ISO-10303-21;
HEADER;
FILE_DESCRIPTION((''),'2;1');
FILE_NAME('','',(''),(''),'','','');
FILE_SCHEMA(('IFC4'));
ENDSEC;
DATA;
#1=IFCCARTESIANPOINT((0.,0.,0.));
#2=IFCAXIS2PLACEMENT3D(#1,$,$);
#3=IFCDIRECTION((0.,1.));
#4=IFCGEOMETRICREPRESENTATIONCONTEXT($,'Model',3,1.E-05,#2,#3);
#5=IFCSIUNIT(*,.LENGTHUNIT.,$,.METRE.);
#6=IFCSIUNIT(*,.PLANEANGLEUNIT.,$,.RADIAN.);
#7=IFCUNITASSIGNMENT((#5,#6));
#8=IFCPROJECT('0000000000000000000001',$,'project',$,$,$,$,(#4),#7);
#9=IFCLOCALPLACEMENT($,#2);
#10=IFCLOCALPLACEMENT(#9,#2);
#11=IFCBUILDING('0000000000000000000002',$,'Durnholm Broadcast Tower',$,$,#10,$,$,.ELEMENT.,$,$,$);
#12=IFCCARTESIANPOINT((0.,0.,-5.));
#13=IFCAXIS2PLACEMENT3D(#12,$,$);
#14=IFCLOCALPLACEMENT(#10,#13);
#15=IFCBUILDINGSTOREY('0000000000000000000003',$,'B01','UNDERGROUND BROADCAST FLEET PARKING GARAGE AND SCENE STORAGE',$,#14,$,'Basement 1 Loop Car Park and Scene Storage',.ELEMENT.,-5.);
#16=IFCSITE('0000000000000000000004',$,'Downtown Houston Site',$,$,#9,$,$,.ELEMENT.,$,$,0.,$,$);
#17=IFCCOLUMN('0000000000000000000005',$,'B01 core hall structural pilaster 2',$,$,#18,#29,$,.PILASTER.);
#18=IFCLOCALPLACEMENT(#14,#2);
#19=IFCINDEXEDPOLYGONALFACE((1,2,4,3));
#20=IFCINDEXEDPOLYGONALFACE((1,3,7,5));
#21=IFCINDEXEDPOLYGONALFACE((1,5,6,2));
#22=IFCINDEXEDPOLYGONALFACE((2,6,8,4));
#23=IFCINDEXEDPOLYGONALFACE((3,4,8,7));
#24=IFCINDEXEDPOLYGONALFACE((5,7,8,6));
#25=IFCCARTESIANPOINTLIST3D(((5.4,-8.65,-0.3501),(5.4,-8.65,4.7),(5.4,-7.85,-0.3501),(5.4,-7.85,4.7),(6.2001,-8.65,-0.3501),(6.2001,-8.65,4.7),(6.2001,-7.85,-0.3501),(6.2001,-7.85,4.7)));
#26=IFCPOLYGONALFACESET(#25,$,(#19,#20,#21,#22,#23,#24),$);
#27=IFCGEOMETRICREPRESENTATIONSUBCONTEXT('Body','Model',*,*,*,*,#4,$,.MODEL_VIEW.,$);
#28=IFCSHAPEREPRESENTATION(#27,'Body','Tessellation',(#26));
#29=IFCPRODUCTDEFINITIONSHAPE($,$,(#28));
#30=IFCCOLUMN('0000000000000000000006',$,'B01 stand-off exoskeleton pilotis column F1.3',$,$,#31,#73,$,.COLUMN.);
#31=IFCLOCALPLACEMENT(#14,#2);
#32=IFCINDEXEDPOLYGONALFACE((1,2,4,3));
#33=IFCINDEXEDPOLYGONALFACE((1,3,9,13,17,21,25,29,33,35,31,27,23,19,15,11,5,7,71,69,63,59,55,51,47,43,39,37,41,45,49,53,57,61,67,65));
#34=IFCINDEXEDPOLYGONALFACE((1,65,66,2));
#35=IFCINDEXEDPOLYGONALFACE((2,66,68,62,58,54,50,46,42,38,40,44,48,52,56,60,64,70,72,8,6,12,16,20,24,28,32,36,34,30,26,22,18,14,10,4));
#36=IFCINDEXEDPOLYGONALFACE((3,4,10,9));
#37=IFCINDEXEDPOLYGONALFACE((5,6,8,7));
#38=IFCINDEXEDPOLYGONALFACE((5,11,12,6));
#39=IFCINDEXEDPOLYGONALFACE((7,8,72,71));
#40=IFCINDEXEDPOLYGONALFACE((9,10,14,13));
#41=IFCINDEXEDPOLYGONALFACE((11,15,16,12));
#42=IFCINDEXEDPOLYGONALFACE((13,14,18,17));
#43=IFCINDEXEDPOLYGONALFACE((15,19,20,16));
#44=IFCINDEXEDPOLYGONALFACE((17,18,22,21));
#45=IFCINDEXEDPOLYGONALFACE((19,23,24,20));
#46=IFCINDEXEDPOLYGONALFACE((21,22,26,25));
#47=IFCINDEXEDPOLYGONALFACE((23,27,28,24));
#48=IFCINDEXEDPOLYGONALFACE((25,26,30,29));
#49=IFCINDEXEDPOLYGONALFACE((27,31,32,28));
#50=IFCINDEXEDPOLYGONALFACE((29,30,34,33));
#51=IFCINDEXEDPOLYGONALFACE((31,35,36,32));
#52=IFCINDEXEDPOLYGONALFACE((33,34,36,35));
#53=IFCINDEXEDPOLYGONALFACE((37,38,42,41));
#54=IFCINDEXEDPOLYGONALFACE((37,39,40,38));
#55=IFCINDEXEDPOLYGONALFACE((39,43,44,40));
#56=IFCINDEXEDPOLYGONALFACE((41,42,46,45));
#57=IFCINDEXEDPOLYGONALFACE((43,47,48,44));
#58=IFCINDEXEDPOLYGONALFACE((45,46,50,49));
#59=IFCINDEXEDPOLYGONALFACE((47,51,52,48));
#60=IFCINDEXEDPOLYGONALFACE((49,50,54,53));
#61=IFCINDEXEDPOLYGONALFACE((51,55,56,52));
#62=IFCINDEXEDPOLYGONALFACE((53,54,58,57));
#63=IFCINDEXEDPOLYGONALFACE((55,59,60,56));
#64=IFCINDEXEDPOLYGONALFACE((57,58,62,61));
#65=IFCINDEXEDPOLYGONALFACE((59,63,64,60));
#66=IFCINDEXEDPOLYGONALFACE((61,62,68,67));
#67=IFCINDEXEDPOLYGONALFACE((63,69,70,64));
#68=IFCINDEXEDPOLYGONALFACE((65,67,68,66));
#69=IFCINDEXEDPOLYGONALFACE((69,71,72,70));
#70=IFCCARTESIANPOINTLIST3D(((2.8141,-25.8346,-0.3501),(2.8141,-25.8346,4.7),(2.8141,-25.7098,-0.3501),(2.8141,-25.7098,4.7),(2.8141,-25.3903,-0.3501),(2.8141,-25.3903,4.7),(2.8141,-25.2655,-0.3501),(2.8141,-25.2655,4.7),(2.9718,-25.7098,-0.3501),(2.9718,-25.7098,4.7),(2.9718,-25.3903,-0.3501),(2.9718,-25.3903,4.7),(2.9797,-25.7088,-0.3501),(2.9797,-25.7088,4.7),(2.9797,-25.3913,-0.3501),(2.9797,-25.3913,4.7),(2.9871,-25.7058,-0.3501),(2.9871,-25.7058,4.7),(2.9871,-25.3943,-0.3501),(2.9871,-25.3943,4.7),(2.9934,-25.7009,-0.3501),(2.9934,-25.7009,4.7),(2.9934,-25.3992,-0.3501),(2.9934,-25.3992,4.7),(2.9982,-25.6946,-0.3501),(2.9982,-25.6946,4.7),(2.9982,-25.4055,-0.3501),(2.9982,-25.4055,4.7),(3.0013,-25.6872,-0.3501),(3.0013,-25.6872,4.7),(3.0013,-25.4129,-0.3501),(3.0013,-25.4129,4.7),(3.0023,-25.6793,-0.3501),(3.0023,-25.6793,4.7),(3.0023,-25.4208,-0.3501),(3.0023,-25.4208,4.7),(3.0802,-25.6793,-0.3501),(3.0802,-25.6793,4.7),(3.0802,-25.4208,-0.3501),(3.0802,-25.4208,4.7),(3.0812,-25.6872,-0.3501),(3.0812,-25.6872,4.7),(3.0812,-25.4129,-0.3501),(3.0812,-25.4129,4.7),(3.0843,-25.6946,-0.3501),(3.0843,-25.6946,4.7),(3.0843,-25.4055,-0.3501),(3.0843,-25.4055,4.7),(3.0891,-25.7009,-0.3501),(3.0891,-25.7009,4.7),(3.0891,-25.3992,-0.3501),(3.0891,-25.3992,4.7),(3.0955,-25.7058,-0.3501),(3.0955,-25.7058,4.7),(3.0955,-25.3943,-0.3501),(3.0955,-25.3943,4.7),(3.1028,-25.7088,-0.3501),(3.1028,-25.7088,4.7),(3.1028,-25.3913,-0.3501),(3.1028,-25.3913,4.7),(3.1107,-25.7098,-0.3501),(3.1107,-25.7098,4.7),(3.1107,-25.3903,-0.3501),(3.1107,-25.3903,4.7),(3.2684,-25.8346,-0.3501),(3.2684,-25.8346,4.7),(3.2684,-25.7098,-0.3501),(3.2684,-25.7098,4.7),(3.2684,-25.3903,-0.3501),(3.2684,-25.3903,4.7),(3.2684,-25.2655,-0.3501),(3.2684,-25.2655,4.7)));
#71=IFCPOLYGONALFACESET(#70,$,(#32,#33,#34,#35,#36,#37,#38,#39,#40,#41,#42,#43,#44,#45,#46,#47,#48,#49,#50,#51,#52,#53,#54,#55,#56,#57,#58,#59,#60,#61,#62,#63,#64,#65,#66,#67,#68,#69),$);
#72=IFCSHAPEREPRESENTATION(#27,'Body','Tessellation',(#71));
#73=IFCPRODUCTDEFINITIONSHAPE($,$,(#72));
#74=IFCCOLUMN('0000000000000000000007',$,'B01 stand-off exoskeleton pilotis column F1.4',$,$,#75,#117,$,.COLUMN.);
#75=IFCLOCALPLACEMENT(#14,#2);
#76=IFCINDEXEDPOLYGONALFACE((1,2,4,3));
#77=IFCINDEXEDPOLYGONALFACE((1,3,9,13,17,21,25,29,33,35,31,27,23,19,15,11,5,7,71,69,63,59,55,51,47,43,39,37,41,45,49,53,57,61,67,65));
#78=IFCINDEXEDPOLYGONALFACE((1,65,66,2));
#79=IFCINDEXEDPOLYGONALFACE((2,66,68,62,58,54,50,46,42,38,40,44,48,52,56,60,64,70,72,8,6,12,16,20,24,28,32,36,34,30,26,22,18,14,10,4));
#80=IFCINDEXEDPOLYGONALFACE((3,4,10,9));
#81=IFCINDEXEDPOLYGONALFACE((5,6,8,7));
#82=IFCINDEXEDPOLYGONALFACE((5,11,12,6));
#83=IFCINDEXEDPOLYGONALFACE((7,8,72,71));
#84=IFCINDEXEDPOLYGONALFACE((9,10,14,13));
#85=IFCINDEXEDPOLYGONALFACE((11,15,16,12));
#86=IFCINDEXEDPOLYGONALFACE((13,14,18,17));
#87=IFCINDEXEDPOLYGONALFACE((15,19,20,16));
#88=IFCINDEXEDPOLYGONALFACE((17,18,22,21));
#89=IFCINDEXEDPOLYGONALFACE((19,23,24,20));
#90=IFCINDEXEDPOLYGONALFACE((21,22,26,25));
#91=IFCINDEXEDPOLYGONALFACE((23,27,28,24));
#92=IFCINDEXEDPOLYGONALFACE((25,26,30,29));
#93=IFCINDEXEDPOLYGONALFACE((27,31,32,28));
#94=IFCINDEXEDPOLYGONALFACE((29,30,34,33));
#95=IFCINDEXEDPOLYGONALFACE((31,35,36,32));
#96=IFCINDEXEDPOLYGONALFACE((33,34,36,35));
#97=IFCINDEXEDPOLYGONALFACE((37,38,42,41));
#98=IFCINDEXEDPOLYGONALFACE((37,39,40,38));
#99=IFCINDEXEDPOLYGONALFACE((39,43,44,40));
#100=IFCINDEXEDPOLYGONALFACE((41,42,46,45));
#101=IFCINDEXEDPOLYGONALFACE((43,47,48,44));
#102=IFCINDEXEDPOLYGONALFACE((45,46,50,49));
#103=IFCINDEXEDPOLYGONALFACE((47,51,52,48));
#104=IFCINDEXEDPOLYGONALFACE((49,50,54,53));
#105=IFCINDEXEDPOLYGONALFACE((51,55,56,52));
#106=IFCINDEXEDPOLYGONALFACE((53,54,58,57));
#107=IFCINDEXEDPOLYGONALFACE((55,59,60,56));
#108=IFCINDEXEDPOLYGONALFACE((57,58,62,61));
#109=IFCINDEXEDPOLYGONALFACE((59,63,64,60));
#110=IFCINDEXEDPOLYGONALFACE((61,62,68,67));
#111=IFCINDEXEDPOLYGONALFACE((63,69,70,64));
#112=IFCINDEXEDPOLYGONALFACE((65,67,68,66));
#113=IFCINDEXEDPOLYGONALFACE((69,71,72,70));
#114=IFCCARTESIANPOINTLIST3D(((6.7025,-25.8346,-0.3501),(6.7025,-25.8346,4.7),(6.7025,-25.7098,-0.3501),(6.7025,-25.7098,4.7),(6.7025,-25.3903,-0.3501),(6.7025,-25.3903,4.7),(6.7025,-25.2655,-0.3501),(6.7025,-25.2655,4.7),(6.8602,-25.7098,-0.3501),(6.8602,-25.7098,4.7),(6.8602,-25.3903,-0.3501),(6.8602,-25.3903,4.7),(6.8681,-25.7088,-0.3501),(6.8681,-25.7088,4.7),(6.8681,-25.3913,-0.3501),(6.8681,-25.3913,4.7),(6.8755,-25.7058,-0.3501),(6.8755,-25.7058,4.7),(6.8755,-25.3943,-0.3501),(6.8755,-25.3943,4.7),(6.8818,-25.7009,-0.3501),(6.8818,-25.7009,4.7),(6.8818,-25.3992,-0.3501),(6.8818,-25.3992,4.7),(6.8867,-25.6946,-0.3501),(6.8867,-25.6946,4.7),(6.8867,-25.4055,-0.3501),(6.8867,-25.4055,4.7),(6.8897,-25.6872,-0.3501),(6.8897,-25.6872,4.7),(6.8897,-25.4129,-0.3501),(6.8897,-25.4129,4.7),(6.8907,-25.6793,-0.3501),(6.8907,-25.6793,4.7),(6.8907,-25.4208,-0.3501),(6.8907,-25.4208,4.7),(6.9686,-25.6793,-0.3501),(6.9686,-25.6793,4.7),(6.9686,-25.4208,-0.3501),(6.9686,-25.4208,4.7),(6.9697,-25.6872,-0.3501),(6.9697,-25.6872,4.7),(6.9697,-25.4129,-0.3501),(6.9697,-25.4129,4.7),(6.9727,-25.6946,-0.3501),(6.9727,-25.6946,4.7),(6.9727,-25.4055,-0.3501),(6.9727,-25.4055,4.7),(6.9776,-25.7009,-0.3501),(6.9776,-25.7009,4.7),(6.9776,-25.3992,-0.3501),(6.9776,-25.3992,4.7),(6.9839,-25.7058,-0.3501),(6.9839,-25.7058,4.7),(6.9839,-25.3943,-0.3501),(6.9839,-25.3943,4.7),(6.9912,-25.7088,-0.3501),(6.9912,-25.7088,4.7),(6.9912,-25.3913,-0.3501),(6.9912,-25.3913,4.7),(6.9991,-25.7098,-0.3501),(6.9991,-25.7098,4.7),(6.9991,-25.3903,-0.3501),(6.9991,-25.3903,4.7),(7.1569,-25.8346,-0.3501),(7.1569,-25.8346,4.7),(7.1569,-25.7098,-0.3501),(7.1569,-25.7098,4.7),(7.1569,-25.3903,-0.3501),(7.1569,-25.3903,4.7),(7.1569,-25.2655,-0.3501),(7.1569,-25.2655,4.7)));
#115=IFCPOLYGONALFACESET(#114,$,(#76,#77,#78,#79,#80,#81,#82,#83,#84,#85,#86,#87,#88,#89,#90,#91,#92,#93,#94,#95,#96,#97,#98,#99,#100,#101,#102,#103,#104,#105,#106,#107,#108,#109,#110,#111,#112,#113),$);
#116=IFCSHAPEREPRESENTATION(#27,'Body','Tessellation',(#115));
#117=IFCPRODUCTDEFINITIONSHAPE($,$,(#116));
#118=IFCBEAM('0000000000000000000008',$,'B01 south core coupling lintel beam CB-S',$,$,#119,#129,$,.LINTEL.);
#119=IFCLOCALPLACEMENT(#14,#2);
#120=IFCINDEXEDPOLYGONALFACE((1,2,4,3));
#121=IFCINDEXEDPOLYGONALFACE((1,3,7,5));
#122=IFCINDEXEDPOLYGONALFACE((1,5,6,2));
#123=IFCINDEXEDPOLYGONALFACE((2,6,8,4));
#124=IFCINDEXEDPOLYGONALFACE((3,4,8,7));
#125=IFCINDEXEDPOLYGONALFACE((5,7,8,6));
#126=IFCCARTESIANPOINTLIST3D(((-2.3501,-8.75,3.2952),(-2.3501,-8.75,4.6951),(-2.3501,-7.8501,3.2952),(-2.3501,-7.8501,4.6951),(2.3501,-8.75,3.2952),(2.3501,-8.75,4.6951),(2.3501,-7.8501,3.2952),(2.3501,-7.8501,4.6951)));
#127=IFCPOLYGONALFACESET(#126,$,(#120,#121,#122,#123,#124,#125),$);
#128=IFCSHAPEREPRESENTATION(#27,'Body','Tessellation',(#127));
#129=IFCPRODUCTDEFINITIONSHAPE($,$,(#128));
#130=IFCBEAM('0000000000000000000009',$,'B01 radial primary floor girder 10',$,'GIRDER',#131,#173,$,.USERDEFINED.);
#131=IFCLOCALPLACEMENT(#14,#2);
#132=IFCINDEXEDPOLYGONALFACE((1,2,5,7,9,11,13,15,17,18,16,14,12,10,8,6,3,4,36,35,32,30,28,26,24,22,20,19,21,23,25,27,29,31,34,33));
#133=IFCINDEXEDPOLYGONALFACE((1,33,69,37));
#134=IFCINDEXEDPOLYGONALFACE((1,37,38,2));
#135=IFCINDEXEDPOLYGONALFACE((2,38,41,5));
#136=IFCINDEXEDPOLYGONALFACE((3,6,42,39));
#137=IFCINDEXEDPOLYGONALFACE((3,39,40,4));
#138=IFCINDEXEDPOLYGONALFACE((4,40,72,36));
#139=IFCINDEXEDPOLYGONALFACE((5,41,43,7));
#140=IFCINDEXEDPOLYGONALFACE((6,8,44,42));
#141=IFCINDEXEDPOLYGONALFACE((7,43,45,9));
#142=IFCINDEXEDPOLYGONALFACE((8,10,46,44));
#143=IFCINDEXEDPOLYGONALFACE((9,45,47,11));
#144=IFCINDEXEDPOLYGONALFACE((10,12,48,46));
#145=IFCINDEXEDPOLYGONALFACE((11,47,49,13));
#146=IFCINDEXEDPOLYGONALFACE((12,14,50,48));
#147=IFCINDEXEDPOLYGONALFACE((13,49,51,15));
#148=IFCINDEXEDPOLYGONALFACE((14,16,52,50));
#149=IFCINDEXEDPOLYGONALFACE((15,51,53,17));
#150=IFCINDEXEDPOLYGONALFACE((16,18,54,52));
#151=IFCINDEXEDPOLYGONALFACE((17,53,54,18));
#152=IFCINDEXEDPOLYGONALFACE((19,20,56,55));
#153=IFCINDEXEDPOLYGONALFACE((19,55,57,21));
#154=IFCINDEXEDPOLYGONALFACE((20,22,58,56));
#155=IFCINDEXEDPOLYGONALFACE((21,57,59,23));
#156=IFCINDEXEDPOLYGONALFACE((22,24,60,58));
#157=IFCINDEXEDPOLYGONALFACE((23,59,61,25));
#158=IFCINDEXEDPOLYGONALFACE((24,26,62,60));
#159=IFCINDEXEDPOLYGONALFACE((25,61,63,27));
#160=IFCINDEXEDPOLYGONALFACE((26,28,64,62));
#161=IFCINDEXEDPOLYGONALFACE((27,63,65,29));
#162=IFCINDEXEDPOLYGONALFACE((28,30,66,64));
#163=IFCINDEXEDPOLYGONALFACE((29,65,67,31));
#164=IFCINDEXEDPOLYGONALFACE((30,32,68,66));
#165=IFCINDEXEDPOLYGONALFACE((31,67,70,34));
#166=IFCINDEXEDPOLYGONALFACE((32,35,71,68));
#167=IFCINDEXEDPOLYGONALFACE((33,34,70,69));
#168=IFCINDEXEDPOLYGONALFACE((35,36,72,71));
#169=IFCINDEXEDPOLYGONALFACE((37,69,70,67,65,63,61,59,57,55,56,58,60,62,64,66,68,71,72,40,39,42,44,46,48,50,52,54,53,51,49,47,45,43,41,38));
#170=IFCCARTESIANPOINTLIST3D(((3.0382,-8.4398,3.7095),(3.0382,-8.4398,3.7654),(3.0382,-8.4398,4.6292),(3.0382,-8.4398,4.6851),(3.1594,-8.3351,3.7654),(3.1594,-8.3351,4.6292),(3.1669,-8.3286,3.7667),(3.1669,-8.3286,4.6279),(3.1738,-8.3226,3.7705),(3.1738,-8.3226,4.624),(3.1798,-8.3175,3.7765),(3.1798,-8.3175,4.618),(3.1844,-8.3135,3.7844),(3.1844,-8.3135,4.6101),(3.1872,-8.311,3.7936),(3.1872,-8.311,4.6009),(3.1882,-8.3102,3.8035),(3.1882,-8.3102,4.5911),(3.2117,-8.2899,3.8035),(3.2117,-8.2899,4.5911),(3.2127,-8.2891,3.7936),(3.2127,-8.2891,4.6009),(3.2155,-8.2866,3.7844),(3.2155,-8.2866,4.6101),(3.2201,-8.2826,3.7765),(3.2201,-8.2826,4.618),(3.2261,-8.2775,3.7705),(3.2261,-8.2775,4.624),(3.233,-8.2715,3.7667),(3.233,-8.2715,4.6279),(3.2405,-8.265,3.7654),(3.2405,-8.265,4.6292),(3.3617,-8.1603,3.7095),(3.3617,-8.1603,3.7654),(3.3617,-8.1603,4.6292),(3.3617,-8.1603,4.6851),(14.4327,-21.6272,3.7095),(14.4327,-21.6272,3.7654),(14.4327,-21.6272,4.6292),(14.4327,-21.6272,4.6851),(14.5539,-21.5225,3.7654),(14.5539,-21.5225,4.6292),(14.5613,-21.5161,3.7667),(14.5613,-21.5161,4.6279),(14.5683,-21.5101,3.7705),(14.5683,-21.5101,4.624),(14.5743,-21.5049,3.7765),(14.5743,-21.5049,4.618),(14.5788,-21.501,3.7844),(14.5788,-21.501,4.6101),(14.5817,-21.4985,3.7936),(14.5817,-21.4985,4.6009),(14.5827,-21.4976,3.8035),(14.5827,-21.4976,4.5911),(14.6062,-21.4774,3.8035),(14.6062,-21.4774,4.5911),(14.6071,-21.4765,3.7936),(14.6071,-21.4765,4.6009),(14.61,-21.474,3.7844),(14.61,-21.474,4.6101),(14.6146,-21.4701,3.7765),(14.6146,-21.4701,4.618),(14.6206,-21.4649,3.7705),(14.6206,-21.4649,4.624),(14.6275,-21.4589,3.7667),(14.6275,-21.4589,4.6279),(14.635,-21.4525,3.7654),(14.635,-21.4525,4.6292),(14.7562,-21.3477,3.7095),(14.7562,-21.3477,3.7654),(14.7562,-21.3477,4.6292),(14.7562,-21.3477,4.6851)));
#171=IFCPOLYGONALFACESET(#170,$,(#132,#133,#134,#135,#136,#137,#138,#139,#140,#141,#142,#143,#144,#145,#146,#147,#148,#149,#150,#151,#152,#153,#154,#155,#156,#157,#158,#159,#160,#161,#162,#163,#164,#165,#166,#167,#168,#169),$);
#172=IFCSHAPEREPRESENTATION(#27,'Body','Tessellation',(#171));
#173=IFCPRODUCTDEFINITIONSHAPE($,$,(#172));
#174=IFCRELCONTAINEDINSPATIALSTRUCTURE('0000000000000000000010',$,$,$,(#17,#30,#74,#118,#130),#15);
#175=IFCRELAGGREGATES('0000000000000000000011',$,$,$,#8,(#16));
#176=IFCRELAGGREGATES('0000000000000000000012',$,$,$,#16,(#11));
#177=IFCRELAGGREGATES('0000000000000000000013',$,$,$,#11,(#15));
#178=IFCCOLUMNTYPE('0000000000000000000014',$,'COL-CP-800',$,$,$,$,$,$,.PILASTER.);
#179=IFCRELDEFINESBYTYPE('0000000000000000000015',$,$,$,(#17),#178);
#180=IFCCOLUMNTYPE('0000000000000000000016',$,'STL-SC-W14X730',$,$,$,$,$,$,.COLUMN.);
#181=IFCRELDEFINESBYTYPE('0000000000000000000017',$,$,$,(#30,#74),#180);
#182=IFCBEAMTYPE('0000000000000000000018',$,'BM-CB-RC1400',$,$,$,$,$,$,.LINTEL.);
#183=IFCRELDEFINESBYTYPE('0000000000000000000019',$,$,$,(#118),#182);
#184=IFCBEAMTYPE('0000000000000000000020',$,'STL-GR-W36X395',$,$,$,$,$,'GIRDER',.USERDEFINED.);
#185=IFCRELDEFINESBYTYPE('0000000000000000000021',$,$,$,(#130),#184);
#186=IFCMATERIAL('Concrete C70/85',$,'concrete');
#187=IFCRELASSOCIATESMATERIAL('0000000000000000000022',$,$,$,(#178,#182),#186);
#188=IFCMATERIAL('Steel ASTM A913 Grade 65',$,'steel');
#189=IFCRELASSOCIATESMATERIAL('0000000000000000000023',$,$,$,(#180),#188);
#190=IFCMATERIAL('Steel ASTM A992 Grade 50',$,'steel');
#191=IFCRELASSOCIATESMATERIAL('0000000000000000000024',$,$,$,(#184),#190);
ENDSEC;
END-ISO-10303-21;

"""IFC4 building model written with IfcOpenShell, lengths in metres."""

from ifc_helpers import new_model, si_unit, direction, frame, origin, origin_2d, place, context, subcontext, project, spatial, rectangle, i_section, extrude, source, transform, mapped, material, material_profile, profile_set, type_object, type_shapes, element, save


model = new_model("IFC4")

# Units and contexts
model_context = context("Model", 3, precision=1e-05, world=origin(), true_north=direction((0.0, 1.0)))
body_context = subcontext(model_context, "Body", "Model", "MODEL_VIEW")
ifc_project = project(units=[si_unit("LENGTHUNIT", "METRE"), si_unit("PLANEANGLEUNIT", "RADIAN")], contexts=[model_context])

# Site, building, storey
site_placement = place(None, origin())
site = spatial("IfcSite", under=ifc_project, at=site_placement, Name="Downtown Houston Site", CompositionType="ELEMENT", RefElevation=0.0)
building_placement = place(site_placement, origin())
building = spatial("IfcBuilding", under=site, at=building_placement, Name="Durnholm Broadcast Tower", CompositionType="ELEMENT")
storey_placement = place(building_placement, frame((0.0, 0.0, -5.0)))
storey = spatial("IfcBuildingStorey", under=building, at=storey_placement, Name="B01", Description="UNDERGROUND BROADCAST FLEET PARKING GARAGE AND SCENE STORAGE", LongName="Basement 1 Loop Car Park and Scene Storage", CompositionType="ELEMENT", Elevation=-5.0)

# Columns
ifc_material_1 = material(Name="Concrete C70/85", Category="concrete")
ifc_material_profile_1 = material_profile(ifc_material_1, rectangle(XDim=0.8, YDim=0.8, at=origin_2d()), Name="RC800X800")
ifc_profile_set_1 = profile_set([ifc_material_profile_1], Name="Concrete C70/85")
column_type_1 = type_object("IfcColumnType", Name="COL-CP-800", PredefinedType="PILASTER", material=ifc_profile_set_1)
shared_shape_1 = source(origin(), body_context, "Body", "SweptSolid", [
    extrude(rectangle(XDim=0.8, YDim=0.8, at=origin_2d()), origin(), (0.0, 0.0, 1.0), 5.05),
])
type_shapes(column_type_1, [shared_shape_1])
column_placement = place(storey_placement, frame((5.8, -8.25, -0.3501), z_axis=(0.0, 0.0, 1.0), x_axis=(1.0, 0.0, 0.0)))
element("IfcColumn", 1, at=column_placement, inside=storey, type_object=column_type_1, Name="B01 core hall structural pilaster 2", PredefinedType="PILASTER", context=body_context, shape_type="MappedRepresentation", body=[
    mapped(shared_shape_1, transform((0.0, 0.0, 0.0), x_axis=(1.0, 0.0, 0.0), y_axis=(0.0, 1.0, 0.0), z_axis=(0.0, 0.0, 1.0), scale=1.0)),
])
ifc_material_2 = material(Name="Steel ASTM A913 Grade 65", Category="steel")
ifc_material_profile_2 = material_profile(ifc_material_2, i_section(OverallWidth=0.4543, OverallDepth=0.5691, WebThickness=0.0779, FlangeThickness=0.1248, FilletRadius=0.0305, at=origin_2d()), Name="W14X730")
ifc_profile_set_2 = profile_set([ifc_material_profile_2], Name="Steel ASTM A913 Grade 65")
column_type_2 = type_object("IfcColumnType", Name="STL-SC-W14X730", PredefinedType="COLUMN", material=ifc_profile_set_2)
shared_shape_2 = source(origin(), body_context, "Body", "SweptSolid", [
    extrude(i_section(OverallWidth=0.4543, OverallDepth=0.5691, WebThickness=0.0779, FlangeThickness=0.1248, FilletRadius=0.0305, at=origin_2d()), origin(), (0.0, 0.0, 1.0), 5.05),
])
type_shapes(column_type_2, [shared_shape_2])
for number, where, z_axis, x_axis, name in (
    (2, (3.0413, -25.55, -0.3501), (0.0, 0.0, 1.0), (1.0, 0.0, 0.0), "B01 stand-off exoskeleton pilotis column F1.3"),
    (3, (6.9297, -25.55, -0.3501), (0.0, 0.0, 1.0), (1.0, 0.0, 0.0), "B01 stand-off exoskeleton pilotis column F1.4"),
):
    element("IfcColumn", number, at=place(storey_placement, frame(where, z_axis=z_axis, x_axis=x_axis)), inside=storey, type_object=column_type_2, Name=name, PredefinedType="COLUMN", context=body_context, shape_type="MappedRepresentation", body=[
        mapped(shared_shape_2, transform((0.0, 0.0, 0.0), x_axis=(1.0, 0.0, 0.0), y_axis=(0.0, 1.0, 0.0), z_axis=(0.0, 0.0, 1.0), scale=1.0)),
    ])

# Beams
ifc_material_profile_3 = material_profile(ifc_material_1, rectangle(XDim=0.8999, YDim=1.3999, at=origin_2d()), Name="RC900X1400")
ifc_profile_set_3 = profile_set([ifc_material_profile_3], Name="Concrete C70/85")
beam_type_1 = type_object("IfcBeamType", Name="BM-CB-RC1400", PredefinedType="LINTEL", material=ifc_profile_set_3)
shared_shape_3 = source(origin(), body_context, "Body", "SweptSolid", [
    extrude(rectangle(XDim=0.8999, YDim=1.3999, at=origin_2d()), origin(), (0.0, 0.0, 1.0), 4.7002),
])
type_shapes(beam_type_1, [shared_shape_3])
beam_1_placement = place(storey_placement, frame((-2.3501, -8.3, 3.9951), z_axis=(1.0, 0.0, 0.0), x_axis=(0.0, 1.0, 0.0)))
element("IfcBeam", 4, at=beam_1_placement, inside=storey, type_object=beam_type_1, Name="B01 south core coupling lintel beam CB-S", PredefinedType="LINTEL", context=body_context, shape_type="MappedRepresentation", body=[
    mapped(shared_shape_3, transform((0.0, 0.0, 0.0), x_axis=(1.0, 0.0, 0.0), y_axis=(0.0, 1.0, 0.0), z_axis=(0.0, 0.0, 1.0), scale=1.0)),
])
ifc_material_3 = material(Name="Steel ASTM A992 Grade 50", Category="steel")
ifc_material_profile_4 = material_profile(ifc_material_3, i_section(OverallWidth=0.4275, OverallDepth=0.9756, WebThickness=0.031, FlangeThickness=0.0559, FilletRadius=0.0381, at=origin_2d()), Name="W36X395")
ifc_profile_set_4 = profile_set([ifc_material_profile_4], Name="Steel ASTM A992 Grade 50")
beam_type_2 = type_object("IfcBeamType", Name="STL-GR-W36X395", ElementType="GIRDER", PredefinedType="USERDEFINED", material=ifc_profile_set_4)
shared_shape_4 = source(origin(), body_context, "Body", "SweptSolid", [
    extrude(i_section(OverallWidth=0.4275, OverallDepth=0.9756, WebThickness=0.031, FlangeThickness=0.0559, FilletRadius=0.0381, at=origin_2d()), origin(), (0.0, 0.0, 1.0), 17.4282),
])
beam_2_placement = place(storey_placement, frame((3.2, -8.3, 4.1973), z_axis=(0.653795, -0.756672, 0.0), x_axis=(0.756672, 0.653795, 0.0)))
element("IfcBeam", 5, at=beam_2_placement, inside=storey, type_object=beam_type_2, Name="B01 radial primary floor girder 10", ObjectType="GIRDER", PredefinedType="USERDEFINED", context=body_context, shape_type="MappedRepresentation", body=[
    mapped(shared_shape_4, transform((0.0, 0.0, 0.0), x_axis=(1.0, 0.0, 0.0), y_axis=(0.0, 1.0, 0.0), z_axis=(0.0, 0.0, 1.0), scale=1.0)),
])

save(model, "model.ifc")
